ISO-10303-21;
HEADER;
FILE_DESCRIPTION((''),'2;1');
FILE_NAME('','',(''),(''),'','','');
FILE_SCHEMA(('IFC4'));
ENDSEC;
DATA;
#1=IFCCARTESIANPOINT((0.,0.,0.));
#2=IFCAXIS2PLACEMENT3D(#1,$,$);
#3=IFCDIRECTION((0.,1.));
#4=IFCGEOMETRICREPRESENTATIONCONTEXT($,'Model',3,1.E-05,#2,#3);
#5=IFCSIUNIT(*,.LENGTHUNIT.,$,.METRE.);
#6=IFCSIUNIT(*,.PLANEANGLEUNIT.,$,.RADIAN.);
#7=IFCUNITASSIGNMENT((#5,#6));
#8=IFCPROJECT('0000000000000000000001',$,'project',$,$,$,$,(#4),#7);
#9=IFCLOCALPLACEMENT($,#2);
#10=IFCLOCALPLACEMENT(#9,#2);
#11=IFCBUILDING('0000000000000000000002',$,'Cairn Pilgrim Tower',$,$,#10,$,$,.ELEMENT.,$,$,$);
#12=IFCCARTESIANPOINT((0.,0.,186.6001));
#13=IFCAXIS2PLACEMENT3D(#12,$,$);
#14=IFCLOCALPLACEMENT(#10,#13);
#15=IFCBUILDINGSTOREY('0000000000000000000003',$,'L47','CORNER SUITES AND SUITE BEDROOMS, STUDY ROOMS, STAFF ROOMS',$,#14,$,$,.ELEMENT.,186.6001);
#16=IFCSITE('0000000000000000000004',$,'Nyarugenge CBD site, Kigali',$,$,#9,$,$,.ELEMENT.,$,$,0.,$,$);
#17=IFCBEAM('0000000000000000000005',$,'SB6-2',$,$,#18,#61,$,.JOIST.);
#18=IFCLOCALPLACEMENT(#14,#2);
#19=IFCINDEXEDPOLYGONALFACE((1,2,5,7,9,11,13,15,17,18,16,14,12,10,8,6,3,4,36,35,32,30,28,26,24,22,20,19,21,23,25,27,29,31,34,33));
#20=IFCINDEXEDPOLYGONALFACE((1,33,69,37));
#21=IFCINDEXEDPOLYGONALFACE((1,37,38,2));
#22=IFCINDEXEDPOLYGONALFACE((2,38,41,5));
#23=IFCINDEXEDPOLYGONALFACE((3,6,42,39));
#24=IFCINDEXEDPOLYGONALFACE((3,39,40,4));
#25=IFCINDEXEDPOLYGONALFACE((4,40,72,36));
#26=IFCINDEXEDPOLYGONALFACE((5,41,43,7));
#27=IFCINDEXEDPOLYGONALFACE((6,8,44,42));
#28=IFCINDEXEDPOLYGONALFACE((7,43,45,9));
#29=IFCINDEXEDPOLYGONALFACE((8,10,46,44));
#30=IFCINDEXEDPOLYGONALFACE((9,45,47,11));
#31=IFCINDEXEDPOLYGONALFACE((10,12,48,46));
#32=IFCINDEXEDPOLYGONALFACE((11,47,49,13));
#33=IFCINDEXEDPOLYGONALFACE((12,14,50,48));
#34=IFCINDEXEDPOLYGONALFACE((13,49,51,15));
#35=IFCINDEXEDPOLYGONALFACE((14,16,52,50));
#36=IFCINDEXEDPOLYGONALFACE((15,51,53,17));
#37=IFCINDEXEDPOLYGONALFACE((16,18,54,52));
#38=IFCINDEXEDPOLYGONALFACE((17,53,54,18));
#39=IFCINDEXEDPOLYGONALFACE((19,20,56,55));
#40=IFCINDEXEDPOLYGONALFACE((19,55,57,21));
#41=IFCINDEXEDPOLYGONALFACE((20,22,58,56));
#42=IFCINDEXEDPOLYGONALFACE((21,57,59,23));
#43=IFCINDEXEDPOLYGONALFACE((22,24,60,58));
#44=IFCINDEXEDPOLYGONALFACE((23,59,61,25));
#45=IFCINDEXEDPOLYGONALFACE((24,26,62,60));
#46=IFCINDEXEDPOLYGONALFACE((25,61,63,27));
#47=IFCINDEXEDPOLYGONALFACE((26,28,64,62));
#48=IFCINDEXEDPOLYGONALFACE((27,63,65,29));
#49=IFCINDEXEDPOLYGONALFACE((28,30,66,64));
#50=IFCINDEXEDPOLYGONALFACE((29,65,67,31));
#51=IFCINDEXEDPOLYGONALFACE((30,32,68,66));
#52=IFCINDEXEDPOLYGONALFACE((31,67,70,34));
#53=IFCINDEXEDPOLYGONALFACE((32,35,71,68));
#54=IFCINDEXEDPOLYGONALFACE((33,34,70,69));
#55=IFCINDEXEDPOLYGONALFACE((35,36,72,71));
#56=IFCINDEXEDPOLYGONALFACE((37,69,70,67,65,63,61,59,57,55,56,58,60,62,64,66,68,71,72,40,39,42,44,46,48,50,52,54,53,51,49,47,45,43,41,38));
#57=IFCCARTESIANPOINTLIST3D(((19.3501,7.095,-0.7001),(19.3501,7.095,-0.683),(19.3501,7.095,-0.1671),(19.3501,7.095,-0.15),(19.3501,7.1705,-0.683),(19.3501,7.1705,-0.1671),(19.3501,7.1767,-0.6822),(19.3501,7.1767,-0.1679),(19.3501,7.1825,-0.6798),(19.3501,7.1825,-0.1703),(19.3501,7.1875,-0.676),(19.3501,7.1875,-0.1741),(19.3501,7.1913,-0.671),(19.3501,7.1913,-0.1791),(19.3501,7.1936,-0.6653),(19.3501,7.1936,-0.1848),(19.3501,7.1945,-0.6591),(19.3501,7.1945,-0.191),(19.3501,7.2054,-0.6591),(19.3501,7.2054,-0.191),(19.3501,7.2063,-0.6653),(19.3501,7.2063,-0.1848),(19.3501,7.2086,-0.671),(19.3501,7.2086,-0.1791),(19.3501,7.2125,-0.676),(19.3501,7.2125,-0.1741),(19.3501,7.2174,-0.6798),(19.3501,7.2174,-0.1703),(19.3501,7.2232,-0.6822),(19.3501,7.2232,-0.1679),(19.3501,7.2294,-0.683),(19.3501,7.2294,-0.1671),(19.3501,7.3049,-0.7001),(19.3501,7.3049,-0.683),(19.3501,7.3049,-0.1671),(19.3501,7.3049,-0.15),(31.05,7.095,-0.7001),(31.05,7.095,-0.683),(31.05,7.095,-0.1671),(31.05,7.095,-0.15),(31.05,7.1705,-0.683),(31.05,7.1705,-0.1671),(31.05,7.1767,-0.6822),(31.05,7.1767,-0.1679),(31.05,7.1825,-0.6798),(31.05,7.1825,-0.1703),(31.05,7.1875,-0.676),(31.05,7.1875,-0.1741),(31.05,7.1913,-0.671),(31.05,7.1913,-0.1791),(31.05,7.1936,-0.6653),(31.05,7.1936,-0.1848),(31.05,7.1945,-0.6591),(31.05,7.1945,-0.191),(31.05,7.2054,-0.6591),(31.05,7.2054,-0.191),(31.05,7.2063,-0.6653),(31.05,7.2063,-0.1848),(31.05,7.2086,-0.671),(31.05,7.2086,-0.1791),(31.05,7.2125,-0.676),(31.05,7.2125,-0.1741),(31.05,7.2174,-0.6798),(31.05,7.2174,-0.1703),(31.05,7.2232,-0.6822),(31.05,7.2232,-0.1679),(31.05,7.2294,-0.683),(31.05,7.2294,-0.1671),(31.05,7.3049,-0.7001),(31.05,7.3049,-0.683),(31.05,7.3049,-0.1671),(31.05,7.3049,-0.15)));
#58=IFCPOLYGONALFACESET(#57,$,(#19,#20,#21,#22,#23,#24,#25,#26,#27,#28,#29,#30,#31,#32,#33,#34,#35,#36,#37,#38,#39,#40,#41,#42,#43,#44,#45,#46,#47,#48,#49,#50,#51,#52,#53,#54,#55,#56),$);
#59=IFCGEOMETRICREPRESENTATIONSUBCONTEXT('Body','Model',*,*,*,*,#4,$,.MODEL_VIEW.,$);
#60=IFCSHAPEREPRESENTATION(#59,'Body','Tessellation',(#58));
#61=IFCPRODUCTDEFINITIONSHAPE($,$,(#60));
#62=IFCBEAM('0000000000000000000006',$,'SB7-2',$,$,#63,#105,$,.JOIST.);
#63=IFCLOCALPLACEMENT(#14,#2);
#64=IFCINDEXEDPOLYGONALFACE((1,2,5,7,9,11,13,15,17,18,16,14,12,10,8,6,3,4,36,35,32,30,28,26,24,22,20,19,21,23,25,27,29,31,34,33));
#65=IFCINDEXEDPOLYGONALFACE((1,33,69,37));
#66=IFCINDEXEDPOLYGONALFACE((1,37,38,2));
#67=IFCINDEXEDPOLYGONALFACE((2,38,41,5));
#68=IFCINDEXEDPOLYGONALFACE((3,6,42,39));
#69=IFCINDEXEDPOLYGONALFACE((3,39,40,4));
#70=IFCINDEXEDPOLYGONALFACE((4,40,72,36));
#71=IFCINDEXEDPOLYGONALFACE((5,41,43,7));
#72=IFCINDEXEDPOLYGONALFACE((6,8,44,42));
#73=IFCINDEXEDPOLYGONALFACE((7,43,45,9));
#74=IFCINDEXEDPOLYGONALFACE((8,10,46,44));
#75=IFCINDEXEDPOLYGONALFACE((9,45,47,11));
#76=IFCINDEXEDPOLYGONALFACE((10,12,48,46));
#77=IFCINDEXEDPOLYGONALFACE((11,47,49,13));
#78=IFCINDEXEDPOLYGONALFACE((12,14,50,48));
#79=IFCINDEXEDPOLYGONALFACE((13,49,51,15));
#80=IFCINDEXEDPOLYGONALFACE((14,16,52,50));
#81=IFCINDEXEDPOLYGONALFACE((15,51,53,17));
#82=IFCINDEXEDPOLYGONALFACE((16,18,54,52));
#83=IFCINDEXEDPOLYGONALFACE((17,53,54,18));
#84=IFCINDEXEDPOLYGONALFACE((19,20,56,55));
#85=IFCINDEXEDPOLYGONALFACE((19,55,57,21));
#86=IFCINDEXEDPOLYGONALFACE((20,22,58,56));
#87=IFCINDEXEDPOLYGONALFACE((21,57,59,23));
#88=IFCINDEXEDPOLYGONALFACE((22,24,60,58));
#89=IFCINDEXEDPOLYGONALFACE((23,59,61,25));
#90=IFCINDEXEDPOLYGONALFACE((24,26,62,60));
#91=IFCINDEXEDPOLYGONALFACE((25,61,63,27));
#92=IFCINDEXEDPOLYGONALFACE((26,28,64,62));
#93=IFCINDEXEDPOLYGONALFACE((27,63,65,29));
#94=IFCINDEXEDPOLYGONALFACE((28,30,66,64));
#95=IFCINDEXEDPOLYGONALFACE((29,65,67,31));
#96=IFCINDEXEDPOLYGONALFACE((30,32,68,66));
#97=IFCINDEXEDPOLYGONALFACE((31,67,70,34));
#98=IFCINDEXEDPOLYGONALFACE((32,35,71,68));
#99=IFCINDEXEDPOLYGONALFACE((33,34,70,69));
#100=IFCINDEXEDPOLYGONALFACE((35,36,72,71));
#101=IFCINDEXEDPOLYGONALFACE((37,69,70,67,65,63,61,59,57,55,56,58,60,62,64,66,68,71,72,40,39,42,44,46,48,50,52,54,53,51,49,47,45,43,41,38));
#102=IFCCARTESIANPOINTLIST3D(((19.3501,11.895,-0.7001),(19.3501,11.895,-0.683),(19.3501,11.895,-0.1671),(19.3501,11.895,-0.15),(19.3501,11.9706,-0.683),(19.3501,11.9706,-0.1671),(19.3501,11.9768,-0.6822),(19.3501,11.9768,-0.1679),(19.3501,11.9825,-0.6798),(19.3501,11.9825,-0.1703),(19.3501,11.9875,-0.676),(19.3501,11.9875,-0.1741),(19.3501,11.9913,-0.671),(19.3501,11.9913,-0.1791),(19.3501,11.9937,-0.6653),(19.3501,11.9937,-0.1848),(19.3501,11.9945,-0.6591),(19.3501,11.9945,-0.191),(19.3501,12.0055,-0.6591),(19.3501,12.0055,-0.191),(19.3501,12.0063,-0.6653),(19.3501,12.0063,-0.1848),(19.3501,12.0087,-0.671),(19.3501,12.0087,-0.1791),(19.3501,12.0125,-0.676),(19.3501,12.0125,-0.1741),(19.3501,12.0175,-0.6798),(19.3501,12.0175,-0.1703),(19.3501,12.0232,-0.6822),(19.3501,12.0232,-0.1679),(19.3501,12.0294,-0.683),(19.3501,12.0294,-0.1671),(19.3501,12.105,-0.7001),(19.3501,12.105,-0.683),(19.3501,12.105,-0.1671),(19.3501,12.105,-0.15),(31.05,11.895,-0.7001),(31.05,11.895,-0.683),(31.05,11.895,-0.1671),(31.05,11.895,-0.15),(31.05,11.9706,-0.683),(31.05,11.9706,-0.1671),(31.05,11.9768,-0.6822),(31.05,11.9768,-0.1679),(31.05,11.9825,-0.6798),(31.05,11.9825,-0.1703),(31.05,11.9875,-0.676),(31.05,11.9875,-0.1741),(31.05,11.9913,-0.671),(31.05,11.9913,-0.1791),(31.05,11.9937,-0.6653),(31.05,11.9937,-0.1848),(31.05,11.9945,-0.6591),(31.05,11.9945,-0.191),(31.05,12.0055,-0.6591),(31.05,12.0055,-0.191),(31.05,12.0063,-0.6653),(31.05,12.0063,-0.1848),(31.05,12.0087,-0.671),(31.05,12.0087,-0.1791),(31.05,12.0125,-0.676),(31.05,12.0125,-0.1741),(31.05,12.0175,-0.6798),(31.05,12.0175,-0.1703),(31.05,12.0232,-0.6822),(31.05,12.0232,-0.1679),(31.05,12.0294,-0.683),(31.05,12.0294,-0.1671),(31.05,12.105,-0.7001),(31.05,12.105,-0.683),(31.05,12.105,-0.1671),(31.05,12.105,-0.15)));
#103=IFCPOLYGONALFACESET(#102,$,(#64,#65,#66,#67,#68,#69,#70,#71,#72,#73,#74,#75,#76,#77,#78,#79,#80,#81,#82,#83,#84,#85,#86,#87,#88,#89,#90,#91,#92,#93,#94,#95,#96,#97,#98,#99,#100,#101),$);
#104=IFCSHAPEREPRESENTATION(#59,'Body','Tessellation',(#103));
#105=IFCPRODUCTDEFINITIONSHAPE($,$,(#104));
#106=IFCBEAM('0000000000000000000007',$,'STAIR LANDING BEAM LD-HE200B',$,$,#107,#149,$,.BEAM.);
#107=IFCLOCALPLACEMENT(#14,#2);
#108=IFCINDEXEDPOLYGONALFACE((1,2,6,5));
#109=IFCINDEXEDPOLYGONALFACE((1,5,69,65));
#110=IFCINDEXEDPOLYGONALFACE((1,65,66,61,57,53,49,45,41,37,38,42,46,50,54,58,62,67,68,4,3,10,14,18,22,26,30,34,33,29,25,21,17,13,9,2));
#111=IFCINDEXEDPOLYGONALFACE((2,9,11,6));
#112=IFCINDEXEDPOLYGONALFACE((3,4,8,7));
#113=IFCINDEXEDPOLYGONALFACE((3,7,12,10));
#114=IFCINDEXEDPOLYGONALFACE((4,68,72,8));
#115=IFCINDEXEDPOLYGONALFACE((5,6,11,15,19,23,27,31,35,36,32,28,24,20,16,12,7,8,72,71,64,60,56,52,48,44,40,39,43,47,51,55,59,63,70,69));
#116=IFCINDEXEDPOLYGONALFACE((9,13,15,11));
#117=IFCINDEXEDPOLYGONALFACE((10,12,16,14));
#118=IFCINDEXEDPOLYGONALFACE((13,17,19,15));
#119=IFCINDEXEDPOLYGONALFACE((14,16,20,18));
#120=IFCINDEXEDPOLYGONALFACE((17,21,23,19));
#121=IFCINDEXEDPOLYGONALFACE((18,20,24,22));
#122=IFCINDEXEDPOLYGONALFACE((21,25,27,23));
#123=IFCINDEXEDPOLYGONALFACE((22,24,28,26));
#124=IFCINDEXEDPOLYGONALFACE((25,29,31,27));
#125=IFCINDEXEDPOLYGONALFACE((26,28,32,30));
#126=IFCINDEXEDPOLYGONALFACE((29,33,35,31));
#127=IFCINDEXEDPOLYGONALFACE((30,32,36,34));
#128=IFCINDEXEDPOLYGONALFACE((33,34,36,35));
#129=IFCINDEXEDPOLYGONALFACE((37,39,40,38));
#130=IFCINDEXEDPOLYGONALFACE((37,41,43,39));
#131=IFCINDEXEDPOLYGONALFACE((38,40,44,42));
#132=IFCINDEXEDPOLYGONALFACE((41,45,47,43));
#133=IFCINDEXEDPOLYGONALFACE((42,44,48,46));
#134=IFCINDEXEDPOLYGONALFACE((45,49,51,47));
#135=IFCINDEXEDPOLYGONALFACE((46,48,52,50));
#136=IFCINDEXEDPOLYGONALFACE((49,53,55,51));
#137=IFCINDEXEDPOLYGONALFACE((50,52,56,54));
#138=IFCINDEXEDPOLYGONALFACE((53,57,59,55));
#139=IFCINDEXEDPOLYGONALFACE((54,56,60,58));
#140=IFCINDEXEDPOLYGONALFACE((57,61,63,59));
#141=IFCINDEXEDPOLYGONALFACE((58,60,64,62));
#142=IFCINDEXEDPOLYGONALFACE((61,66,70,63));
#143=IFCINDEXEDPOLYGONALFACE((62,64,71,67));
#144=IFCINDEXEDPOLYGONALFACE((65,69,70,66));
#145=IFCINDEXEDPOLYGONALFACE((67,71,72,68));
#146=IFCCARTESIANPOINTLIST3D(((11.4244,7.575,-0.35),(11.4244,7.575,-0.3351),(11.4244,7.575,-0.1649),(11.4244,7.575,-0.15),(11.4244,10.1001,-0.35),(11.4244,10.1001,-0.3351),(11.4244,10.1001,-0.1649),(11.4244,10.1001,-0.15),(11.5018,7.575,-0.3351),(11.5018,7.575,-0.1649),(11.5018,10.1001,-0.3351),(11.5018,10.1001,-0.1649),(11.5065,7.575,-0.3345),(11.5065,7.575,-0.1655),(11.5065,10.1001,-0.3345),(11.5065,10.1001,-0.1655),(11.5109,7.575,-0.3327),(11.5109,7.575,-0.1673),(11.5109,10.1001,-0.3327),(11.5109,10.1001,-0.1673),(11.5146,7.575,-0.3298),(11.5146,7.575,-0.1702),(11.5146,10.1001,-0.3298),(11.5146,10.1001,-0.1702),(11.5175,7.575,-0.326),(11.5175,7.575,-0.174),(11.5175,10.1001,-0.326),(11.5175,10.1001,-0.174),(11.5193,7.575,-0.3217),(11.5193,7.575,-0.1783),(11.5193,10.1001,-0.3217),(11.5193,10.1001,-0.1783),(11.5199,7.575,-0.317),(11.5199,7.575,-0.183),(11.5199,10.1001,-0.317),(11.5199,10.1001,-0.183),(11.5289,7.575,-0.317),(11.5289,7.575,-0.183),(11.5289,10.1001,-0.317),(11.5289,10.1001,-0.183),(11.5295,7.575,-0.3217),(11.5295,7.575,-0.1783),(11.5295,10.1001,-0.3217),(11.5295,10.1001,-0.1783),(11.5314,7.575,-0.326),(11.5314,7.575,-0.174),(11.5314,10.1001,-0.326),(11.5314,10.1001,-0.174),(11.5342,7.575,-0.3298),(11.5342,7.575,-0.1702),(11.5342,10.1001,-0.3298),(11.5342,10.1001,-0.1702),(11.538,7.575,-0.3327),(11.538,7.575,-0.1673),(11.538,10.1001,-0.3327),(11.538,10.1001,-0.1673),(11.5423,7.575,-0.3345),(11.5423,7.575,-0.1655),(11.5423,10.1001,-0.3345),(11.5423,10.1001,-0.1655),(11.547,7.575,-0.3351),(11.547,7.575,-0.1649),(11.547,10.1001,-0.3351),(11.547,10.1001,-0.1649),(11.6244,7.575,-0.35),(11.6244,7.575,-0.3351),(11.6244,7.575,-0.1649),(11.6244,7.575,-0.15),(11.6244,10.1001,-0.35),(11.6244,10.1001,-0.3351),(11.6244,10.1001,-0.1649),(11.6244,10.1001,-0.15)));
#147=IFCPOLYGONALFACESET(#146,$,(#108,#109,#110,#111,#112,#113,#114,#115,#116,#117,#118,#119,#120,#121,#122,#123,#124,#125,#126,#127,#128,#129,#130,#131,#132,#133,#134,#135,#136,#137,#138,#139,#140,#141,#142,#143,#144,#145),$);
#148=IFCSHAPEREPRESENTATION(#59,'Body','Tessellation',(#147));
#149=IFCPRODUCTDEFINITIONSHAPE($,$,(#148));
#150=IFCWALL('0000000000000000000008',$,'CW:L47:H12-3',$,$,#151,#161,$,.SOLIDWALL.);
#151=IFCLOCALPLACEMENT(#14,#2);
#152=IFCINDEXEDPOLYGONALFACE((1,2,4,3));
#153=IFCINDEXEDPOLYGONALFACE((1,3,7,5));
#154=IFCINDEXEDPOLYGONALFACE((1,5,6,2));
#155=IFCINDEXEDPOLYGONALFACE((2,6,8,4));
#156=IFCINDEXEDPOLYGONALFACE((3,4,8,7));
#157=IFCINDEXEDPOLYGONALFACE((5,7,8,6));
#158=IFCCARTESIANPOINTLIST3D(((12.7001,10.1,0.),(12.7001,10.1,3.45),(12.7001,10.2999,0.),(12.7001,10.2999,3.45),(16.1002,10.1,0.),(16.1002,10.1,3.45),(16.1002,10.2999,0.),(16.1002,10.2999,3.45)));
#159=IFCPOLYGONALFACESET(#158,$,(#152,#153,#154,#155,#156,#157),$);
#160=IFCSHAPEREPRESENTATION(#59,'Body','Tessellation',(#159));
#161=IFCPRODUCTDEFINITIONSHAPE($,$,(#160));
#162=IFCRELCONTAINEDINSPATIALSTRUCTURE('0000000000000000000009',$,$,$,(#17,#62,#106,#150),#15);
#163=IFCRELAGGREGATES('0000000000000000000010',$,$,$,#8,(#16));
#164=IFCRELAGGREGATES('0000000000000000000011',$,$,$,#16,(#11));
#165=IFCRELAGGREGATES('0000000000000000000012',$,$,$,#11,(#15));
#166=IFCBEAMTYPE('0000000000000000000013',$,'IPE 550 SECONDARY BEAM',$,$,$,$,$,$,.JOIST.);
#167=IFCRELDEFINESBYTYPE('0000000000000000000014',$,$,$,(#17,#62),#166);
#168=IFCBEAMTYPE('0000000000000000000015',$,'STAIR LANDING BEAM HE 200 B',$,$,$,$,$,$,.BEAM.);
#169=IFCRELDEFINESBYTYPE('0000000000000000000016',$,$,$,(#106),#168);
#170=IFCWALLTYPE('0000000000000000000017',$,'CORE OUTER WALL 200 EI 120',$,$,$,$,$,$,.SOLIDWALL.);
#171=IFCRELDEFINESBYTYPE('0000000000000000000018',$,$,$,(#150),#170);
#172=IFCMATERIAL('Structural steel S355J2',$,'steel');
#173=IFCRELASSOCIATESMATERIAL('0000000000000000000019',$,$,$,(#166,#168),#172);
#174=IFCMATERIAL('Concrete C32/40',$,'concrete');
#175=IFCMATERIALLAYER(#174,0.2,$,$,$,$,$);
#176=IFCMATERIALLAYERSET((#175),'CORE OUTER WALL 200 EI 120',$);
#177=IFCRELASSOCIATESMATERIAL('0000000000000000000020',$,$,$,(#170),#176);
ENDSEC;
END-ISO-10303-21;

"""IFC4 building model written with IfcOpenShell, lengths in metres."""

from ifc_helpers import new_model, si_unit, direction, frame, frame_2d, origin, origin_2d, place, context, subcontext, project, spatial, rectangle, i_section, extrude, material, layer, layer_set, material_profile, profile_set, type_object, element, save


model = new_model("IFC4")

# Units and contexts
model_context = context("Model", 3, precision=1e-05, world=origin(), true_north=direction((0.0, 1.0)))
body_context = subcontext(model_context, "Body", "Model", "MODEL_VIEW")
ifc_project = project(units=[si_unit("LENGTHUNIT", "METRE"), si_unit("PLANEANGLEUNIT", "RADIAN")], contexts=[model_context])

# Site, building, storey
site_placement = place(None, origin())
site = spatial("IfcSite", under=ifc_project, at=site_placement, Name="Nyarugenge CBD site, Kigali", CompositionType="ELEMENT", RefElevation=0.0)
building_placement = place(site_placement, origin())
building = spatial("IfcBuilding", under=site, at=building_placement, Name="Cairn Pilgrim Tower", CompositionType="ELEMENT")
storey_placement = place(building_placement, frame((0.0, 0.0, 186.6001)))
storey = spatial("IfcBuildingStorey", under=building, at=storey_placement, Name="L47", Description="CORNER SUITES AND SUITE BEDROOMS, STUDY ROOMS, STAFF ROOMS", CompositionType="ELEMENT", Elevation=186.6001)

# Shared definitions
ifc_material_1 = material(Name="Structural steel S355J2", Category="steel")

# Beams
ifc_material_profile_1 = material_profile(ifc_material_1, i_section(OverallWidth=0.21, OverallDepth=0.55, WebThickness=0.011, FlangeThickness=0.0171, FilletRadius=0.0239, at=origin_2d()), Name="IPE 550")
ifc_profile_set_1 = profile_set([ifc_material_profile_1], Name="Structural steel S355J2")
beam_type_1 = type_object("IfcBeamType", Name="IPE 550 SECONDARY BEAM", PredefinedType="JOIST", material=ifc_profile_set_1)
for number, where, z_axis, x_axis, name in (
    (1, (19.3501, 7.2, -0.425), (1.0, 0.0, 0.0), (0.0, 1.0, 0.0), "SB6-2"),
    (2, (19.3501, 12.0, -0.425), (1.0, 0.0, 0.0), (0.0, 1.0, 0.0), "SB7-2"),
):
    element("IfcBeam", number, at=place(storey_placement, frame(where, z_axis=z_axis, x_axis=x_axis)), inside=storey, type_object=beam_type_1, Name=name, PredefinedType="JOIST", context=body_context, shape_type="SweptSolid", body=[
        extrude(i_section(OverallWidth=0.21, OverallDepth=0.55, WebThickness=0.011, FlangeThickness=0.0171, FilletRadius=0.0239, at=origin_2d()), origin(), (0.0, 0.0, 1.0), 11.7),
    ])
ifc_material_profile_2 = material_profile(ifc_material_1, i_section(OverallWidth=0.2, OverallDepth=0.2, WebThickness=0.009, FlangeThickness=0.0149, FilletRadius=0.0181, at=origin_2d()), Name="HE 200 B")
ifc_profile_set_2 = profile_set([ifc_material_profile_2], Name="Structural steel S355J2")
beam_type_2 = type_object("IfcBeamType", Name="STAIR LANDING BEAM HE 200 B", PredefinedType="BEAM", material=ifc_profile_set_2)
beam_1_placement = place(storey_placement, frame((11.5244, 10.1001, -0.25), z_axis=(0.0, -1.0, 0.0), x_axis=(1.0, 0.0, 0.0)))
element("IfcBeam", 3, at=beam_1_placement, inside=storey, type_object=beam_type_2, Name="STAIR LANDING BEAM LD-HE200B", PredefinedType="BEAM", context=body_context, shape_type="SweptSolid", body=[
    extrude(i_section(OverallWidth=0.2, OverallDepth=0.2, WebThickness=0.009, FlangeThickness=0.0149, FilletRadius=0.0181, at=origin_2d()), origin(), (0.0, 0.0, 1.0), 2.5251),
])

# Wall
ifc_material_2 = material(Name="Concrete C32/40", Category="concrete")
ifc_layer_1 = layer(ifc_material_2, 0.2)
ifc_layer_set_1 = layer_set([ifc_layer_1], Name="CORE OUTER WALL 200 EI 120")
wall_type_1 = type_object("IfcWallType", Name="CORE OUTER WALL 200 EI 120", PredefinedType="SOLIDWALL", material=ifc_layer_set_1)
wall_1_placement = place(storey_placement, frame((12.7, 10.2, 0.0), z_axis=(0.0, 0.0, 1.0), x_axis=(1.0, 0.0, 0.0)))
element("IfcWall", 4, at=wall_1_placement, inside=storey, type_object=wall_type_1, Name="CW:L47:H12-3", PredefinedType="SOLIDWALL", context=body_context, shape_type="SweptSolid", body=[
    extrude(rectangle(XDim=3.4001, YDim=0.2, at=frame_2d((1.7002, 0.0))), origin(), (0.0, 0.0, 1.0), 3.45),
])

save(model, "model.ifc")
